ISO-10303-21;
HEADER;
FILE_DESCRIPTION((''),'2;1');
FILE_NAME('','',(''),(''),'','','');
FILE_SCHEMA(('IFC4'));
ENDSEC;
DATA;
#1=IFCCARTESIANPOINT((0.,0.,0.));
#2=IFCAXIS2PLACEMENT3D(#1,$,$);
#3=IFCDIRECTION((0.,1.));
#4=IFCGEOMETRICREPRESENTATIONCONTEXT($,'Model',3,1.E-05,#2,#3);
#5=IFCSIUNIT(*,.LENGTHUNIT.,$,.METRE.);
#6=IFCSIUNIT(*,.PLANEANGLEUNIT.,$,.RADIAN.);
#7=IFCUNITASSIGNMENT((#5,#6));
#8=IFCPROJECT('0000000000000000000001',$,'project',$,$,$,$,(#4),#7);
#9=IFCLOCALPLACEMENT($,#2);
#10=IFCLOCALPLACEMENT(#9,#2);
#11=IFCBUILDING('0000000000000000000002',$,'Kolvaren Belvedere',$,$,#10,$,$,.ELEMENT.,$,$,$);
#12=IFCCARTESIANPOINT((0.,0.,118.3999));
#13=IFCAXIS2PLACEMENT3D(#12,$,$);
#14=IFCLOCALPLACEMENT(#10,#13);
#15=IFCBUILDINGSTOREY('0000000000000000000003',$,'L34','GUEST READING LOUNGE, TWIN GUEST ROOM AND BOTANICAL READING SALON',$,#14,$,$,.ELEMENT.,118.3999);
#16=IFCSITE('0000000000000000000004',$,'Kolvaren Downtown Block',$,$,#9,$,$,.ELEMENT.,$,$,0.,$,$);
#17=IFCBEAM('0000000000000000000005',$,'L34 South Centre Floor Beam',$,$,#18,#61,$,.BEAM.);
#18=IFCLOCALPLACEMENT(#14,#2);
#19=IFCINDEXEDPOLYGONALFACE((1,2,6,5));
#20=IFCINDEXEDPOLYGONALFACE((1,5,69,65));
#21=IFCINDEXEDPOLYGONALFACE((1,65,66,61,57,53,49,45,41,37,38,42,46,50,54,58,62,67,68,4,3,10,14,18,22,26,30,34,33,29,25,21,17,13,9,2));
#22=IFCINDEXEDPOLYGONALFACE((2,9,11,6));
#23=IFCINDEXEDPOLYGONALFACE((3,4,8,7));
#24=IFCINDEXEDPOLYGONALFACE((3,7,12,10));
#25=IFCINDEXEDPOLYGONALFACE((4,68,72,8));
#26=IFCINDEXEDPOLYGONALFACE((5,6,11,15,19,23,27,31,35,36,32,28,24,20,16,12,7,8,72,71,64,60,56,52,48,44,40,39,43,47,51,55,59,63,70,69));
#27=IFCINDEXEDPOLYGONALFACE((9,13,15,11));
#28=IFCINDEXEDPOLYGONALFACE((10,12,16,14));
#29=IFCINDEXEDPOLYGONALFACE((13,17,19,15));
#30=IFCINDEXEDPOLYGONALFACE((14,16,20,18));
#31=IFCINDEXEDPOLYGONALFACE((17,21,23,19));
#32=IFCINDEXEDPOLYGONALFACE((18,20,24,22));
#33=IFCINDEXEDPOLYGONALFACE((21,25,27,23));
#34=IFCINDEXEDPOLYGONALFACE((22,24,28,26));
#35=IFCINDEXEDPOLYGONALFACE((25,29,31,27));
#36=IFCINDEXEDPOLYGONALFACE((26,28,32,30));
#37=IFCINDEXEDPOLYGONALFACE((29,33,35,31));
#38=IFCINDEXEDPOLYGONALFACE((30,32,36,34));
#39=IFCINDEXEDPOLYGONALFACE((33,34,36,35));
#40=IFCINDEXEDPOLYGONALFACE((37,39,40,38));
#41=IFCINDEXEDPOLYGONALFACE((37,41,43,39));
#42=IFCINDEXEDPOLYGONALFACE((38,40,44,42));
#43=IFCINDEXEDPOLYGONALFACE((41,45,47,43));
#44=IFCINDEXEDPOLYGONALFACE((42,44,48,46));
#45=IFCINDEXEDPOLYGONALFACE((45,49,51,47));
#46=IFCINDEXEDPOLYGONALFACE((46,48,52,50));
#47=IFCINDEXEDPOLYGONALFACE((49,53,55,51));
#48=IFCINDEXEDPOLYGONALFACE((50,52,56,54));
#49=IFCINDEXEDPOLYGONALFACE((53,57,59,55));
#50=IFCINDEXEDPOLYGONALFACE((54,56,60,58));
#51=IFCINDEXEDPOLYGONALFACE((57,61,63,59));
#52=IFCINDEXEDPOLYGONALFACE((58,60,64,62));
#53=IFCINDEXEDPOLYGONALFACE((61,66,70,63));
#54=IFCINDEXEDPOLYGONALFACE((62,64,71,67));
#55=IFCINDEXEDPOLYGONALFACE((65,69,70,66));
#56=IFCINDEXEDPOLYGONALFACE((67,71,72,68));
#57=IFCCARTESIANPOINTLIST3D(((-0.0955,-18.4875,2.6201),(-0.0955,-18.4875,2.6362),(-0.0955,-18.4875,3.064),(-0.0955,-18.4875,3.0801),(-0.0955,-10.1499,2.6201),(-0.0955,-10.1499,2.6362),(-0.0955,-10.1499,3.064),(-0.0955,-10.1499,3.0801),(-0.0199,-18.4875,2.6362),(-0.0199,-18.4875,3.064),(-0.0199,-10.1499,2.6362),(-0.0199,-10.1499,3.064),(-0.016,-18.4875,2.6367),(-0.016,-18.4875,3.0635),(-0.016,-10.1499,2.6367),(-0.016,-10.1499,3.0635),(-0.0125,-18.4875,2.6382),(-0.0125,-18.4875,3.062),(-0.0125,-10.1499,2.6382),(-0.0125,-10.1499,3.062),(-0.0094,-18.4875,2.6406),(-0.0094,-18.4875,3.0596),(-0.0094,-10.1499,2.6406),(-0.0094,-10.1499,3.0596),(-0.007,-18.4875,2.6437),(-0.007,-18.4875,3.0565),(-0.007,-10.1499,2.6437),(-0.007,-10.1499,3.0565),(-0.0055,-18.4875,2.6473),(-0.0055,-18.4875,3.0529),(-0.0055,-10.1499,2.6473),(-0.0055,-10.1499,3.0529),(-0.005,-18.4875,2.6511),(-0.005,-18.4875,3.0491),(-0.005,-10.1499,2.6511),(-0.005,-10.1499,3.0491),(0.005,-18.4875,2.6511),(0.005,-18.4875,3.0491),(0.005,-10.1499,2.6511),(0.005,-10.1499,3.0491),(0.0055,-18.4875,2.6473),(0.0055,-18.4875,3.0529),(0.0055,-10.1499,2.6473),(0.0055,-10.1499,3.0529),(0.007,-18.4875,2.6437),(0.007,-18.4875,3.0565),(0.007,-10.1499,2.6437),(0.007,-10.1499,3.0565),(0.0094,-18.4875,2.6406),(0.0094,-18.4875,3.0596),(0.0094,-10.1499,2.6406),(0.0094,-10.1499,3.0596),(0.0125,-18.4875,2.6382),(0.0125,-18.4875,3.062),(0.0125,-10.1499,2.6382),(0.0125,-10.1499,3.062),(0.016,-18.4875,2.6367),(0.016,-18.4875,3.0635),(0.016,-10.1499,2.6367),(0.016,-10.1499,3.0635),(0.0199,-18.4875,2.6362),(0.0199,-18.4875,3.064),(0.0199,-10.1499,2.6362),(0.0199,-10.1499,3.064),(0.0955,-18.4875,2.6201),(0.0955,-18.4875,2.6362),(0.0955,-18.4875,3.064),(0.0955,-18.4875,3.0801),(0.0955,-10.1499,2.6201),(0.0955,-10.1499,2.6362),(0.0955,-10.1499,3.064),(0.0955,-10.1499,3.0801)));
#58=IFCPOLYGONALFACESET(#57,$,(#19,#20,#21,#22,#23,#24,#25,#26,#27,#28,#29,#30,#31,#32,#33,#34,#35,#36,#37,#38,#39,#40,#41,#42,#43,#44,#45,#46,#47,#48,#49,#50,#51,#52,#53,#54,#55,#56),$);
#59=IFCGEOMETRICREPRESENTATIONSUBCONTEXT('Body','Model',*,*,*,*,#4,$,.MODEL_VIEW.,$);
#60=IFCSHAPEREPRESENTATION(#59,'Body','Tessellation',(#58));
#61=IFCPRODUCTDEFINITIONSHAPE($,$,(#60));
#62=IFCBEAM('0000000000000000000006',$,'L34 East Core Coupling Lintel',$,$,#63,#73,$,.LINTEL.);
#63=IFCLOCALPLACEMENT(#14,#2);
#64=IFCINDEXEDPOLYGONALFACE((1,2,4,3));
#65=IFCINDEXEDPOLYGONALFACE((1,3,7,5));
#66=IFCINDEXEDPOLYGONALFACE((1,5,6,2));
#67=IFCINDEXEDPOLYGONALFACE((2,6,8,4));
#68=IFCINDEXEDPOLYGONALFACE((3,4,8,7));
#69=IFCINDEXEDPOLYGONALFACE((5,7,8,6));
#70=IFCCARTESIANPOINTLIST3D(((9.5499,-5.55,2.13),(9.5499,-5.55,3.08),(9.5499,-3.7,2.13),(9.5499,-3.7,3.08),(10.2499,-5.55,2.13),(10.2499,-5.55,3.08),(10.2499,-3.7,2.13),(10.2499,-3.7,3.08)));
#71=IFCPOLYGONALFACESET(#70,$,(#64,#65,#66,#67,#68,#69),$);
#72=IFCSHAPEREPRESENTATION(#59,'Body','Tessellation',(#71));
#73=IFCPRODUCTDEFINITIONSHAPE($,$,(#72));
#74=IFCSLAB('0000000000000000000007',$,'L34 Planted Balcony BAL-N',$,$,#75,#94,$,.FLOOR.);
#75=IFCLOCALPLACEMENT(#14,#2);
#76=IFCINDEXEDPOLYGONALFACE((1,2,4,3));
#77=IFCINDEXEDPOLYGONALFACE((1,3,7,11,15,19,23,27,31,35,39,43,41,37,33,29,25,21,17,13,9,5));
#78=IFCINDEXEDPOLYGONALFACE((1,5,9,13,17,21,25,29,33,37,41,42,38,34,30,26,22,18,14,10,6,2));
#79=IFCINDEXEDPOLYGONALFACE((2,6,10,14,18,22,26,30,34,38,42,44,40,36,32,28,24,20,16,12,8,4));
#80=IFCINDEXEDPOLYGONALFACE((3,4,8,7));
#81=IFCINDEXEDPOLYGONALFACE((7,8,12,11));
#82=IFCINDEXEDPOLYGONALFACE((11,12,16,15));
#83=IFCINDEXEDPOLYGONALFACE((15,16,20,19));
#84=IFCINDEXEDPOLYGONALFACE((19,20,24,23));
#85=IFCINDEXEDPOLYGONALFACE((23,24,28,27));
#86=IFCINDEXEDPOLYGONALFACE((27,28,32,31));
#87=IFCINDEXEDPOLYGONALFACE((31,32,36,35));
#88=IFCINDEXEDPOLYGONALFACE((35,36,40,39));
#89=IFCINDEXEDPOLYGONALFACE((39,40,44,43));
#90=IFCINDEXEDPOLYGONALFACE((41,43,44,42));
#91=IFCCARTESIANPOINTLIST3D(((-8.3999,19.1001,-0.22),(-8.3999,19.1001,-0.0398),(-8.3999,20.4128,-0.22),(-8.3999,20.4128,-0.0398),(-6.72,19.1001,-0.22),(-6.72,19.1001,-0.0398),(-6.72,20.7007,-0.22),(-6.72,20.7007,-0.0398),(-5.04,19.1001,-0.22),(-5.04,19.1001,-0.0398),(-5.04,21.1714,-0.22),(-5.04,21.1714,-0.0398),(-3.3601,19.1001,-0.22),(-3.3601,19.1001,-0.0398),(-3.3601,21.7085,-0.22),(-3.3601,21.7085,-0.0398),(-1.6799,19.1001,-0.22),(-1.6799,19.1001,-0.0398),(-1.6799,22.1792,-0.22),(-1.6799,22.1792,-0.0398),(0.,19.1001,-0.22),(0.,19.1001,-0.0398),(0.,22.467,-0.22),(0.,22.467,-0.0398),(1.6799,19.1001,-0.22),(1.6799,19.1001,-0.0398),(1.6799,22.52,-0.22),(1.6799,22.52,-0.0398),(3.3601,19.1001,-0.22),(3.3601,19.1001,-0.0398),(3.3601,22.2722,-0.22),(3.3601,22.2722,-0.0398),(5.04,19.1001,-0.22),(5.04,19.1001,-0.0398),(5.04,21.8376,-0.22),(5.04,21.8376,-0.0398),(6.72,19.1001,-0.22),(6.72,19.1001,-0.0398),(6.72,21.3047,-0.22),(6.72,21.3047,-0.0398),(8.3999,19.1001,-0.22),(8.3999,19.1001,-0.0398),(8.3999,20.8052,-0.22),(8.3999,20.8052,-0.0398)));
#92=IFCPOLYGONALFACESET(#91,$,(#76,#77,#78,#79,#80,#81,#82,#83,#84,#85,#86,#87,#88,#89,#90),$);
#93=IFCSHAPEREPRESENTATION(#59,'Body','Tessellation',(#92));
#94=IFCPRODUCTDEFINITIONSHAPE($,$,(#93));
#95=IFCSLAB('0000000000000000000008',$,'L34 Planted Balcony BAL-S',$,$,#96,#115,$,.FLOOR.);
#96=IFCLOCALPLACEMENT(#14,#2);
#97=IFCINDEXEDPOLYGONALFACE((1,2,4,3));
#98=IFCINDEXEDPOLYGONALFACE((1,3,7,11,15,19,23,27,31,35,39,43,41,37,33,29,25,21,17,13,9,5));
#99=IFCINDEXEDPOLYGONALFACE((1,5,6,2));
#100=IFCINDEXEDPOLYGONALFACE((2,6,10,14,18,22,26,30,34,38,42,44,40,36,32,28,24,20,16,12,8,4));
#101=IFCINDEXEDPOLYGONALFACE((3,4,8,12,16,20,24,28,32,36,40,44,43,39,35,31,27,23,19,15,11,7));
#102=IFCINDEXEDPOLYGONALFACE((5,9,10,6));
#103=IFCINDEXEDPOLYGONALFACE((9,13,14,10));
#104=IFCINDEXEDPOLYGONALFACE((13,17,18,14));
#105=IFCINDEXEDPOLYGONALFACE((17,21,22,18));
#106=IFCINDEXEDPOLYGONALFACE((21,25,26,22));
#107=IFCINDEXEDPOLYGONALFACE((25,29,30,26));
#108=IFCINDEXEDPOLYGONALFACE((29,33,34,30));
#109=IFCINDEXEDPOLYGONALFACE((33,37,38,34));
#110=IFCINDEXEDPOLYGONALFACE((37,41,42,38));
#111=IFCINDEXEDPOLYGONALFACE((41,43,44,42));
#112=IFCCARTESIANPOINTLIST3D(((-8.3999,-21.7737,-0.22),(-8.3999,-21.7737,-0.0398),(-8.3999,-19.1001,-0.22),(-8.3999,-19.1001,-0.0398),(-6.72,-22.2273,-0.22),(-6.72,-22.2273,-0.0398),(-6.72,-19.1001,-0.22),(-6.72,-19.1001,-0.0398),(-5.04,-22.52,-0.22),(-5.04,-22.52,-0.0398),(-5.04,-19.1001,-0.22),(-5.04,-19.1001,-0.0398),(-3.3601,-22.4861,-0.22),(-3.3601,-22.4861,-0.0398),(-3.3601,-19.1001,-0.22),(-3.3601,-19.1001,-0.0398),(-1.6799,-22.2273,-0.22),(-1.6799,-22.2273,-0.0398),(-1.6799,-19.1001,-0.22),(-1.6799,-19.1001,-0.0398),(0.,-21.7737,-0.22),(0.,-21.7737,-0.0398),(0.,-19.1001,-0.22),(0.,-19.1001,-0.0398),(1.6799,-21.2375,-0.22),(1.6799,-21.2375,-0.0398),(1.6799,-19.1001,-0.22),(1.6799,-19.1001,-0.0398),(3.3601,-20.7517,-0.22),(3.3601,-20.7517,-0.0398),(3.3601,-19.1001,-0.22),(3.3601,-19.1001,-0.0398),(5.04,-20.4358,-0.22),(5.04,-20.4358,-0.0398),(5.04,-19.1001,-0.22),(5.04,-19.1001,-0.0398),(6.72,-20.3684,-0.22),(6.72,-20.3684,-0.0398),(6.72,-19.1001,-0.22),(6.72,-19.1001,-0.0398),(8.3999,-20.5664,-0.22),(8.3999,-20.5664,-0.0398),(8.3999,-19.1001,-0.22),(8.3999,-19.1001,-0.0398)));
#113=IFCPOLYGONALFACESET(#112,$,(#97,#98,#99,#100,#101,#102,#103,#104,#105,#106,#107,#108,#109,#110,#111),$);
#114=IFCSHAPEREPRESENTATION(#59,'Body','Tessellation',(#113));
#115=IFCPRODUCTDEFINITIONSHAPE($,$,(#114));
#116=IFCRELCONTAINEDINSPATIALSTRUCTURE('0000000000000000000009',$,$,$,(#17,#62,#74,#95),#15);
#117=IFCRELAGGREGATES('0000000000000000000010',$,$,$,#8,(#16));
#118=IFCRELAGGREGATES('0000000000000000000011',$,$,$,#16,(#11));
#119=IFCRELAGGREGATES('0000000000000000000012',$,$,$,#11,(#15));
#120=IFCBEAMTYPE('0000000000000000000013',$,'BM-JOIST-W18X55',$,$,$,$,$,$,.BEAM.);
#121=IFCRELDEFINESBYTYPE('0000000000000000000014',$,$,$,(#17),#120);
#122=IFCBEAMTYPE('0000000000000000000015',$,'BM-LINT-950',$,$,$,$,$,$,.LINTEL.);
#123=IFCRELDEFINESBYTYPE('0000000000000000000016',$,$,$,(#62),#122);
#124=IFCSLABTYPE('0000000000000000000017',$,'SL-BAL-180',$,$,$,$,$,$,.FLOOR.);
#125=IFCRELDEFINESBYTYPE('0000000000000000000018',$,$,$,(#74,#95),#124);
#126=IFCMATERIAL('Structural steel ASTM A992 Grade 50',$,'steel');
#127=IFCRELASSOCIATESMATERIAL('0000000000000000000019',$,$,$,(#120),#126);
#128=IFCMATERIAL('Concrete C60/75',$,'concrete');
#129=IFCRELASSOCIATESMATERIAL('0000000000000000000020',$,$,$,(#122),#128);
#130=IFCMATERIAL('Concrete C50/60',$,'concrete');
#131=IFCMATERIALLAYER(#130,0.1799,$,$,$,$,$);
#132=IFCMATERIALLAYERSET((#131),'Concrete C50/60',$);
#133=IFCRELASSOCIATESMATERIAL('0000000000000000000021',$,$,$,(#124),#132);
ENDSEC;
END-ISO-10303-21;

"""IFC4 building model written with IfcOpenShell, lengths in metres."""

from ifc_helpers import new_model, si_unit, direction, frame, origin, origin_2d, place, context, subcontext, project, spatial, polyline, rectangle, i_section, outline, extrude, material, layer, layer_set, material_profile, profile_set, type_object, element, save


model = new_model("IFC4")

# Units and contexts
model_context = context("Model", 3, precision=1e-05, world=origin(), true_north=direction((0.0, 1.0)))
body_context = subcontext(model_context, "Body", "Model", "MODEL_VIEW")
ifc_project = project(units=[si_unit("LENGTHUNIT", "METRE"), si_unit("PLANEANGLEUNIT", "RADIAN")], contexts=[model_context])

# Site, building, storey
site_placement = place(None, origin())
site = spatial("IfcSite", under=ifc_project, at=site_placement, Name="Kolvaren Downtown Block", CompositionType="ELEMENT", RefElevation=0.0)
building_placement = place(site_placement, origin())
building = spatial("IfcBuilding", under=site, at=building_placement, Name="Kolvaren Belvedere", CompositionType="ELEMENT")
storey_placement = place(building_placement, frame((0.0, 0.0, 118.3999)))
storey = spatial("IfcBuildingStorey", under=building, at=storey_placement, Name="L34", Description="GUEST READING LOUNGE, TWIN GUEST ROOM AND BOTANICAL READING SALON", CompositionType="ELEMENT", Elevation=118.3999)

# Beams
ifc_material_1 = material(Name="Structural steel ASTM A992 Grade 50", Category="steel")
ifc_material_profile_1 = material_profile(ifc_material_1, i_section(OverallWidth=0.1909, OverallDepth=0.46, WebThickness=0.01, FlangeThickness=0.0161, FilletRadius=0.0149, at=origin_2d()), Name="W18X55")
ifc_profile_set_1 = profile_set([ifc_material_profile_1], Name="Structural steel ASTM A992 Grade 50")
beam_type_1 = type_object("IfcBeamType", Name="BM-JOIST-W18X55", PredefinedType="BEAM", material=ifc_profile_set_1)
beam_1_placement = place(storey_placement, frame((0.0, -10.1499, 2.8501), z_axis=(0.0, -1.0, 0.0), x_axis=(1.0, 0.0, 0.0)))
element("IfcBeam", 1, at=beam_1_placement, inside=storey, type_object=beam_type_1, Name="L34 South Centre Floor Beam", PredefinedType="BEAM", context=body_context, shape_type="SweptSolid", body=[
    extrude(i_section(OverallWidth=0.1909, OverallDepth=0.46, WebThickness=0.01, FlangeThickness=0.0161, FilletRadius=0.0149, at=origin_2d()), origin(), (0.0, 0.0, 1.0), 8.3376),
])
ifc_material_2 = material(Name="Concrete C60/75", Category="concrete")
ifc_material_profile_2 = material_profile(ifc_material_2, rectangle(XDim=0.7, YDim=0.95, at=origin_2d()), Name="RC 700X950")
ifc_profile_set_2 = profile_set([ifc_material_profile_2], Name="Concrete C60/75")
beam_type_2 = type_object("IfcBeamType", Name="BM-LINT-950", PredefinedType="LINTEL", material=ifc_profile_set_2)
beam_2_placement = place(storey_placement, frame((9.8999, -5.55, 2.605), z_axis=(0.0, 1.0, 0.0), x_axis=(-1.0, 0.0, 0.0)))
element("IfcBeam", 2, at=beam_2_placement, inside=storey, type_object=beam_type_2, Name="L34 East Core Coupling Lintel", PredefinedType="LINTEL", context=body_context, shape_type="SweptSolid", body=[
    extrude(rectangle(XDim=0.7, YDim=0.95, at=origin_2d()), origin(), (0.0, 0.0, 1.0), 1.8501),
])

# Slabs
ifc_material_3 = material(Name="Concrete C50/60", Category="concrete")
ifc_layer_1 = layer(ifc_material_3, 0.1799)
ifc_layer_set_1 = layer_set([ifc_layer_1], Name="Concrete C50/60")
slab_type_1 = type_object("IfcSlabType", Name="SL-BAL-180", PredefinedType="FLOOR", material=ifc_layer_set_1)
slab_1_placement = place(storey_placement, frame((0.0, 0.0, -0.22)))
element("IfcSlab", 3, at=slab_1_placement, inside=storey, type_object=slab_type_1, Name="L34 Planted Balcony BAL-N", PredefinedType="FLOOR", context=body_context, shape_type="SweptSolid", body=[
    extrude(outline(polyline([(-8.3999, 19.1001), (-6.72, 19.1001), (-5.04, 19.1001), (-3.3601, 19.1001), (-1.6799, 19.1001), (0.0, 19.1001), (1.6799, 19.1001), (3.3601, 19.1001), (5.04, 19.1001), (6.72, 19.1001), (8.3999, 19.1001), (8.3999, 20.8052), (6.72, 21.3047), (5.04, 21.8376), (3.3601, 22.2722), (1.6799, 22.52), (0.0, 22.467), (-1.6799, 22.1792), (-3.3601, 21.7085), (-5.04, 21.1714), (-6.72, 20.7007), (-8.3999, 20.4128), (-8.3999, 19.1001)])), origin(), (0.0, 0.0, 1.0), 0.1802),
])
slab_2_placement = place(storey_placement, frame((0.0, 0.0, -0.22)))
element("IfcSlab", 4, at=slab_2_placement, inside=storey, type_object=slab_type_1, Name="L34 Planted Balcony BAL-S", PredefinedType="FLOOR", context=body_context, shape_type="SweptSolid", body=[
    extrude(outline(polyline([(-8.3999, -21.7737), (-6.72, -22.2273), (-5.04, -22.52), (-3.3601, -22.4861), (-1.6799, -22.2273), (0.0, -21.7737), (1.6799, -21.2375), (3.3601, -20.7517), (5.04, -20.4358), (6.72, -20.3684), (8.3999, -20.5664), (8.3999, -19.1001), (6.72, -19.1001), (5.04, -19.1001), (3.3601, -19.1001), (1.6799, -19.1001), (0.0, -19.1001), (-1.6799, -19.1001), (-3.3601, -19.1001), (-5.04, -19.1001), (-6.72, -19.1001), (-8.3999, -19.1001), (-8.3999, -21.7737)])), origin(), (0.0, 0.0, 1.0), 0.1802),
])

save(model, "model.ifc")
